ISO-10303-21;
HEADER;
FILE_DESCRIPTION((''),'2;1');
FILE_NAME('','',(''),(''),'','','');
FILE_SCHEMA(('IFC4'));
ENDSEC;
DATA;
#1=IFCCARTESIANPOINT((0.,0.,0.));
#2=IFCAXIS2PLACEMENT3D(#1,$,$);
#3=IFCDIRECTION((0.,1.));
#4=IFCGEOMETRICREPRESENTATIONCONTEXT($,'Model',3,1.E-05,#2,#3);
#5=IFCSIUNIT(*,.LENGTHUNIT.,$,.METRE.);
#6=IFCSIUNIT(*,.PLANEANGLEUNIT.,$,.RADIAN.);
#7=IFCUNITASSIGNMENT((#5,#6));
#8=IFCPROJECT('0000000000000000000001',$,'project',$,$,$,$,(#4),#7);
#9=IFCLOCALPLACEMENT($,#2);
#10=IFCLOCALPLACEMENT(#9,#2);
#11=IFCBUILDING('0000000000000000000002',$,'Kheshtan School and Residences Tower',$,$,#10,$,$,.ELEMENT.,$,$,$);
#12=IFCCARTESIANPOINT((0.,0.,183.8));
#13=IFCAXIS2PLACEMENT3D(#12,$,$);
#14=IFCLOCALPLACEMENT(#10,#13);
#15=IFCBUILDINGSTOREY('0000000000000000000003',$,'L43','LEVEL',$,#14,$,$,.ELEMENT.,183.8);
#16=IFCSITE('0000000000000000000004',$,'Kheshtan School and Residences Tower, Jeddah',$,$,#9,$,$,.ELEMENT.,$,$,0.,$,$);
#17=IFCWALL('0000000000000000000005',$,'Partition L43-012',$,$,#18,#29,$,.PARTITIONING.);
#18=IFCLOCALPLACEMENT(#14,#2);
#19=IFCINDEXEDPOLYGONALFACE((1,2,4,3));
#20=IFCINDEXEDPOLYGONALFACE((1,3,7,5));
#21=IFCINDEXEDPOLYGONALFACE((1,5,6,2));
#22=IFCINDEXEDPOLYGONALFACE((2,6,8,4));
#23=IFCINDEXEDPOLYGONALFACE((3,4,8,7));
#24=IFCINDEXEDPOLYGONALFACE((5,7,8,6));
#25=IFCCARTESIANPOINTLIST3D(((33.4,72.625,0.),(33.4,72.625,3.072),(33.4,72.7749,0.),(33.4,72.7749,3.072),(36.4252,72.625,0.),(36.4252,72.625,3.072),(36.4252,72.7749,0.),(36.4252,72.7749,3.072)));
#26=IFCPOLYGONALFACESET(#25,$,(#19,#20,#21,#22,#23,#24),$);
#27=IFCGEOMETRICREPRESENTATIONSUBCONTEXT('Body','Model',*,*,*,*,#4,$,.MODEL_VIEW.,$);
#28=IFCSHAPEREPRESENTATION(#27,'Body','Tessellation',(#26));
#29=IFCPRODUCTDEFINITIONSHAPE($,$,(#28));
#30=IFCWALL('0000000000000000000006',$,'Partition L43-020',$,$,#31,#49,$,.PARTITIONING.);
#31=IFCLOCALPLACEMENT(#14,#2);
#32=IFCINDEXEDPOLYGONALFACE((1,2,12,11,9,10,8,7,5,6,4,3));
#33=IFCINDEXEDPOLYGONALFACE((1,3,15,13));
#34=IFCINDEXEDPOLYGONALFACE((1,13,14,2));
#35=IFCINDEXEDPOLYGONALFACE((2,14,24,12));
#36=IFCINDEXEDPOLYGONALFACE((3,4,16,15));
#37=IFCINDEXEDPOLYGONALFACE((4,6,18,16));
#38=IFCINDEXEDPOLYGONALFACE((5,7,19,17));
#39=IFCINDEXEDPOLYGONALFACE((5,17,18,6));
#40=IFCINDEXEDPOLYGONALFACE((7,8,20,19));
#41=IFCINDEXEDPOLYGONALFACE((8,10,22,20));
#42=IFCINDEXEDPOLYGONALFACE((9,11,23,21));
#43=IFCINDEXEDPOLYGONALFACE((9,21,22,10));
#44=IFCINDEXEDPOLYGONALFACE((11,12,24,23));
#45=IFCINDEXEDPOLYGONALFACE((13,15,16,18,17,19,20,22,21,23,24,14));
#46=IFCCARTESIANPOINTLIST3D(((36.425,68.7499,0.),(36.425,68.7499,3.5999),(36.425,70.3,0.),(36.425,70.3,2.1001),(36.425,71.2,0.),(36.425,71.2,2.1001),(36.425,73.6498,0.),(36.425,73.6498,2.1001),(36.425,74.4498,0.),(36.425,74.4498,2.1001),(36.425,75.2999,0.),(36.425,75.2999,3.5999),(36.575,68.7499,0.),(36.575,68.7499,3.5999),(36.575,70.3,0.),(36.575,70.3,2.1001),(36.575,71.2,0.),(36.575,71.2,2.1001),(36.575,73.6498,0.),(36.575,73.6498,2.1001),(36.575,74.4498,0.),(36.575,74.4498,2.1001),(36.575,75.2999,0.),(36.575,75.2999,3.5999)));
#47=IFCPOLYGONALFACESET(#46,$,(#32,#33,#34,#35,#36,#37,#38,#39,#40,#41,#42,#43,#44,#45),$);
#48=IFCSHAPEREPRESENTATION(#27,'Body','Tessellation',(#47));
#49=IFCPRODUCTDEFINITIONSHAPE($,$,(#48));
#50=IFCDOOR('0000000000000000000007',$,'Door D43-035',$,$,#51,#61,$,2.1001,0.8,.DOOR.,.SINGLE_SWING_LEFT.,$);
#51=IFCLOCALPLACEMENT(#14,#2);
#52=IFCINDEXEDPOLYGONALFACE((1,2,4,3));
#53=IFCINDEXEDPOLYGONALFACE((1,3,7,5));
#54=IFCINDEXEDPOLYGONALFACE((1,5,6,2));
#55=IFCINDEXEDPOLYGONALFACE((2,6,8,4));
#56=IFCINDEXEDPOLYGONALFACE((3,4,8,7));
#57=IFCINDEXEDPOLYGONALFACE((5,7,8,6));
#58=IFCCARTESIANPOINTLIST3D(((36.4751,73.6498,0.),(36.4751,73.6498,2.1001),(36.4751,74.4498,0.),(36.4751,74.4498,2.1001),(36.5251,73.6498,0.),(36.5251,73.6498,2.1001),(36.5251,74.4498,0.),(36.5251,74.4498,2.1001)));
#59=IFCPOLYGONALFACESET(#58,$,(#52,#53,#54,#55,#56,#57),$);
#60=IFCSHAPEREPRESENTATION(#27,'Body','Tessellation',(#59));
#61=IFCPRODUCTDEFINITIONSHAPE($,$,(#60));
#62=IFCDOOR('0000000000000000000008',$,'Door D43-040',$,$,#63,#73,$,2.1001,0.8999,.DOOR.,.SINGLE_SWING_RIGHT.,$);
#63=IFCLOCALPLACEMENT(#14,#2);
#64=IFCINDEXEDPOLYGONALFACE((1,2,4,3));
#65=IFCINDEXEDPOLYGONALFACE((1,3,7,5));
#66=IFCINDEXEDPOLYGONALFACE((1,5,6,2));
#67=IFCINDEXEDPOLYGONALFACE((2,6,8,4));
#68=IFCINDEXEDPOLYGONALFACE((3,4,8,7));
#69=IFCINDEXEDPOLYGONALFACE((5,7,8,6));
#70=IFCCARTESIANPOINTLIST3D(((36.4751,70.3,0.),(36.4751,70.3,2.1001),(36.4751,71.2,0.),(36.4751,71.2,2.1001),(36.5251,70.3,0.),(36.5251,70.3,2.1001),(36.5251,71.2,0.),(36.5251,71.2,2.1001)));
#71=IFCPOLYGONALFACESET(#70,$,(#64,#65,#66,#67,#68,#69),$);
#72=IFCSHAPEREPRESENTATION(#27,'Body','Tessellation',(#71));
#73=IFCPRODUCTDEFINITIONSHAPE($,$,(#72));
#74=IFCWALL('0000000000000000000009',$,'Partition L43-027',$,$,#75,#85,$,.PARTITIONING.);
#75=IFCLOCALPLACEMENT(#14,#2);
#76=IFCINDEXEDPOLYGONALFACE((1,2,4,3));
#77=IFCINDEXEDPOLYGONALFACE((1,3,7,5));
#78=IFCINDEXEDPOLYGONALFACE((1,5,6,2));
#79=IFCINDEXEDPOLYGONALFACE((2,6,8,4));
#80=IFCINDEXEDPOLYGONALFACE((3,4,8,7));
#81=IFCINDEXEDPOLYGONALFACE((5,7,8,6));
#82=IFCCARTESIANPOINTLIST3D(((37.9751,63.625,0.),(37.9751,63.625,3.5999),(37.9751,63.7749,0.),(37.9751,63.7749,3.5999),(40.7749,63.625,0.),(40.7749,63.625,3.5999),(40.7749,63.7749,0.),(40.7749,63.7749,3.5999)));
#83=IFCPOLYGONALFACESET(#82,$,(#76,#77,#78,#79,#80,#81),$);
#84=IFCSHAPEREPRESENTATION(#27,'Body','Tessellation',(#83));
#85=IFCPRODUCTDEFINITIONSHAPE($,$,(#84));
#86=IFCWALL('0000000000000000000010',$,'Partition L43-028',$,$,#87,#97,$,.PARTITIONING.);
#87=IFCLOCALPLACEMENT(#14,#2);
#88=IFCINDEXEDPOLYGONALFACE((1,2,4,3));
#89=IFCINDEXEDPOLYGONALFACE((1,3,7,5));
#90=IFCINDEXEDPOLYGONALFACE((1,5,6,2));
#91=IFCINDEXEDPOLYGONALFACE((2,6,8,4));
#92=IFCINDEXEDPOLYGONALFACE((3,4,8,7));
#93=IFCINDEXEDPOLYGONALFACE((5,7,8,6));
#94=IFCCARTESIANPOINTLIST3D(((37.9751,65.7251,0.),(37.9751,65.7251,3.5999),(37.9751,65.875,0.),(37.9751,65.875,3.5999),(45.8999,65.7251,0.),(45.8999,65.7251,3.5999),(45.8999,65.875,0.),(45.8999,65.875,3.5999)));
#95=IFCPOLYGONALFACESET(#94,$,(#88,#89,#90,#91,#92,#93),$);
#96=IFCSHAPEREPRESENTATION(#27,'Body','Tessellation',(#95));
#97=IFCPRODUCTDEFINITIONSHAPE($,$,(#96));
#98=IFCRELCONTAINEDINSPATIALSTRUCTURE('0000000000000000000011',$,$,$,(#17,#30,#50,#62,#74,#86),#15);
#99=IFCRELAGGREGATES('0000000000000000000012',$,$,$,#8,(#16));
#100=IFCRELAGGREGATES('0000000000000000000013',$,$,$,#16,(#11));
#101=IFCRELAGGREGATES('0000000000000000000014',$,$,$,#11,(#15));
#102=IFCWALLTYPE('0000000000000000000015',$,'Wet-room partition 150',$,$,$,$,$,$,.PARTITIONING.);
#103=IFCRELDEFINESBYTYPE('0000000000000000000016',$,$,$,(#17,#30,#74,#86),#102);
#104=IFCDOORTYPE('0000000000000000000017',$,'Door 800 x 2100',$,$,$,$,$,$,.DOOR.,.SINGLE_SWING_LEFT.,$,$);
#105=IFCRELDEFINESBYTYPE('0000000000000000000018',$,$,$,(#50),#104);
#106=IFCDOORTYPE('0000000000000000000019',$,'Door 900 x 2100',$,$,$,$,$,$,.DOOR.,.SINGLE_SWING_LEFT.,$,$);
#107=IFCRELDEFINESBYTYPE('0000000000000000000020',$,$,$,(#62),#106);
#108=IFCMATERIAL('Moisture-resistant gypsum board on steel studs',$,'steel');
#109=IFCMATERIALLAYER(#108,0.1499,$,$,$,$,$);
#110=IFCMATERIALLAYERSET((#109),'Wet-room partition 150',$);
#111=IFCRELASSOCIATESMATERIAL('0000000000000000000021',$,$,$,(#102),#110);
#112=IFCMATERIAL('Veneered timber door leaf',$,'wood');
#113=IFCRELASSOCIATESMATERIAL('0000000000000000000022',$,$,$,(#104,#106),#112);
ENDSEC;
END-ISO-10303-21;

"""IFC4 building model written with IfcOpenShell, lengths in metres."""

from ifc_helpers import new_model, si_unit, direction, frame, frame_2d, origin, place, context, subcontext, project, spatial, rectangle, extrude, source, transform, mapped, material, layer, layer_set, type_object, element, fill, save


model = new_model("IFC4")

# Units and contexts
model_context = context("Model", 3, precision=1e-05, world=origin(), true_north=direction((0.0, 1.0)))
body_context = subcontext(model_context, "Body", "Model", "MODEL_VIEW")
ifc_project = project(units=[si_unit("LENGTHUNIT", "METRE"), si_unit("PLANEANGLEUNIT", "RADIAN")], contexts=[model_context])

# Site, building, storey
site_placement = place(None, origin())
site = spatial("IfcSite", under=ifc_project, at=site_placement, Name="Kheshtan School and Residences Tower, Jeddah", CompositionType="ELEMENT", RefElevation=0.0)
building_placement = place(site_placement, origin())
building = spatial("IfcBuilding", under=site, at=building_placement, Name="Kheshtan School and Residences Tower", CompositionType="ELEMENT")
storey_placement = place(building_placement, frame((0.0, 0.0, 183.8)))
storey = spatial("IfcBuildingStorey", under=building, at=storey_placement, Name="L43", Description="LEVEL", CompositionType="ELEMENT", Elevation=183.8)

# Wall
ifc_material_1 = material(Name="Moisture-resistant gypsum board on steel studs", Category="steel")
ifc_layer_1 = layer(ifc_material_1, 0.1499)
ifc_layer_set_1 = layer_set([ifc_layer_1], Name="Wet-room partition 150")
wall_type_1 = type_object("IfcWallType", Name="Wet-room partition 150", PredefinedType="PARTITIONING", material=ifc_layer_set_1)
wall_1_placement = place(storey_placement, frame((33.3999, 72.7, 0.0), z_axis=(0.0, 0.0, 1.0), x_axis=(1.0, 0.0, 0.0)))
element("IfcWall", 1, at=wall_1_placement, inside=storey, type_object=wall_type_1, Name="Partition L43-012", PredefinedType="PARTITIONING", context=body_context, shape_type="SweptSolid", body=[
    extrude(rectangle(XDim=3.0251, YDim=0.1499, at=frame_2d((1.5127, 0.0))), origin(), (0.0, 0.0, 1.0), 3.072),
])

# Wall, openings, doors
wall_2_placement = place(storey_placement, frame((36.5, 68.75, 0.0), z_axis=(0.0, 0.0, 1.0), x_axis=(0.0, 1.0, 0.0)))
wall_2 = element("IfcWall", 2, at=wall_2_placement, inside=storey, type_object=wall_type_1, Name="Partition L43-020", PredefinedType="PARTITIONING", context=body_context, shape_type="SweptSolid", body=[
    extrude(rectangle(XDim=6.55, YDim=0.1499, at=frame_2d((3.2749, 0.0))), origin(), (0.0, 0.0, 1.0), 3.5999),
])
opening_1_placement = place(wall_2_placement, frame((4.8999, 0.0, 0.0)))
opening_1 = element("IfcOpeningElement", 3, at=opening_1_placement, cuts=wall_2, PredefinedType="OPENING", context=body_context, shape_type="SweptSolid", body=[
    extrude(rectangle(XDim=0.8, YDim=2.1001, at=frame_2d((0.3999, 1.05))), frame((0.0, 0.085, 0.0), z_axis=(0.0, -1.0, 0.0), x_axis=(1.0, 0.0, 0.0)), (0.0, 0.0, 1.0), 0.1699),
])
opening_2_placement = place(wall_2_placement, frame((1.55, 0.0, 0.0)))
opening_2 = element("IfcOpeningElement", 4, at=opening_2_placement, cuts=wall_2, PredefinedType="OPENING", context=body_context, shape_type="SweptSolid", body=[
    extrude(rectangle(XDim=0.8999, YDim=2.1001, at=frame_2d((0.45, 1.05))), frame((0.0, 0.085, 0.0), z_axis=(0.0, -1.0, 0.0), x_axis=(1.0, 0.0, 0.0)), (0.0, 0.0, 1.0), 0.1699),
])
ifc_material_2 = material(Name="Veneered timber door leaf", Category="wood")
door_type_1 = type_object("IfcDoorType", Name="Door 800 x 2100", OperationType="SINGLE_SWING_LEFT", PredefinedType="DOOR", material=ifc_material_2)
shared_shape_1 = source(origin(), body_context, "Body", "SweptSolid", [
    extrude(rectangle(XDim=0.8, YDim=2.1001, at=frame_2d((0.3999, 1.05))), frame((0.0, 0.0249, 0.0), z_axis=(0.0, -1.0, 0.0), x_axis=(1.0, 0.0, 0.0)), (0.0, 0.0, 1.0), 0.05),
])
door_1_placement = place(opening_1_placement, origin())
door_1 = element("IfcDoor", 5, at=door_1_placement, inside=storey, type_object=door_type_1, Name="Door D43-035", OperationType="SINGLE_SWING_LEFT", OverallHeight=2.1001, OverallWidth=0.8, PredefinedType="DOOR", context=body_context, shape_type="MappedRepresentation", body=[
    mapped(shared_shape_1, transform((0.0, 0.0, 0.0), x_axis=(1.0, 0.0, 0.0), y_axis=(0.0, 1.0, 0.0), z_axis=(0.0, 0.0, 1.0), scale=1.0)),
])
fill(opening_1, door_1)
door_type_2 = type_object("IfcDoorType", Name="Door 900 x 2100", OperationType="SINGLE_SWING_LEFT", PredefinedType="DOOR", material=ifc_material_2)
shared_shape_2 = source(origin(), body_context, "Body", "SweptSolid", [
    extrude(rectangle(XDim=0.8999, YDim=2.1001, at=frame_2d((0.45, 1.05))), frame((0.0, 0.0249, 0.0), z_axis=(0.0, -1.0, 0.0), x_axis=(1.0, 0.0, 0.0)), (0.0, 0.0, 1.0), 0.05),
])
door_2_placement = place(opening_2_placement, origin())
door_2 = element("IfcDoor", 6, at=door_2_placement, inside=storey, type_object=door_type_2, Name="Door D43-040", OperationType="SINGLE_SWING_RIGHT", OverallHeight=2.1001, OverallWidth=0.8999, PredefinedType="DOOR", context=body_context, shape_type="MappedRepresentation", body=[
    mapped(shared_shape_2, transform((0.0, 0.0, 0.0), x_axis=(1.0, 0.0, 0.0), y_axis=(0.0, 1.0, 0.0), z_axis=(0.0, 0.0, 1.0), scale=1.0)),
])
fill(opening_2, door_2)

# Walls
wall_3_placement = place(storey_placement, frame((37.9751, 63.7, 0.0), z_axis=(0.0, 0.0, 1.0), x_axis=(1.0, 0.0, 0.0)))
element("IfcWall", 7, at=wall_3_placement, inside=storey, type_object=wall_type_1, Name="Partition L43-027", PredefinedType="PARTITIONING", context=body_context, shape_type="SweptSolid", body=[
    extrude(rectangle(XDim=2.7998, YDim=0.1499, at=frame_2d((1.3999, 0.0))), origin(), (0.0, 0.0, 1.0), 3.5999),
])
wall_4_placement = place(storey_placement, frame((37.9751, 65.8, 0.0), z_axis=(0.0, 0.0, 1.0), x_axis=(1.0, 0.0, 0.0)))
element("IfcWall", 8, at=wall_4_placement, inside=storey, type_object=wall_type_1, Name="Partition L43-028", PredefinedType="PARTITIONING", context=body_context, shape_type="SweptSolid", body=[
    extrude(rectangle(XDim=7.9248, YDim=0.1499, at=frame_2d((3.9624, 0.0))), origin(), (0.0, 0.0, 1.0), 3.5999),
])

save(model, "model.ifc")
